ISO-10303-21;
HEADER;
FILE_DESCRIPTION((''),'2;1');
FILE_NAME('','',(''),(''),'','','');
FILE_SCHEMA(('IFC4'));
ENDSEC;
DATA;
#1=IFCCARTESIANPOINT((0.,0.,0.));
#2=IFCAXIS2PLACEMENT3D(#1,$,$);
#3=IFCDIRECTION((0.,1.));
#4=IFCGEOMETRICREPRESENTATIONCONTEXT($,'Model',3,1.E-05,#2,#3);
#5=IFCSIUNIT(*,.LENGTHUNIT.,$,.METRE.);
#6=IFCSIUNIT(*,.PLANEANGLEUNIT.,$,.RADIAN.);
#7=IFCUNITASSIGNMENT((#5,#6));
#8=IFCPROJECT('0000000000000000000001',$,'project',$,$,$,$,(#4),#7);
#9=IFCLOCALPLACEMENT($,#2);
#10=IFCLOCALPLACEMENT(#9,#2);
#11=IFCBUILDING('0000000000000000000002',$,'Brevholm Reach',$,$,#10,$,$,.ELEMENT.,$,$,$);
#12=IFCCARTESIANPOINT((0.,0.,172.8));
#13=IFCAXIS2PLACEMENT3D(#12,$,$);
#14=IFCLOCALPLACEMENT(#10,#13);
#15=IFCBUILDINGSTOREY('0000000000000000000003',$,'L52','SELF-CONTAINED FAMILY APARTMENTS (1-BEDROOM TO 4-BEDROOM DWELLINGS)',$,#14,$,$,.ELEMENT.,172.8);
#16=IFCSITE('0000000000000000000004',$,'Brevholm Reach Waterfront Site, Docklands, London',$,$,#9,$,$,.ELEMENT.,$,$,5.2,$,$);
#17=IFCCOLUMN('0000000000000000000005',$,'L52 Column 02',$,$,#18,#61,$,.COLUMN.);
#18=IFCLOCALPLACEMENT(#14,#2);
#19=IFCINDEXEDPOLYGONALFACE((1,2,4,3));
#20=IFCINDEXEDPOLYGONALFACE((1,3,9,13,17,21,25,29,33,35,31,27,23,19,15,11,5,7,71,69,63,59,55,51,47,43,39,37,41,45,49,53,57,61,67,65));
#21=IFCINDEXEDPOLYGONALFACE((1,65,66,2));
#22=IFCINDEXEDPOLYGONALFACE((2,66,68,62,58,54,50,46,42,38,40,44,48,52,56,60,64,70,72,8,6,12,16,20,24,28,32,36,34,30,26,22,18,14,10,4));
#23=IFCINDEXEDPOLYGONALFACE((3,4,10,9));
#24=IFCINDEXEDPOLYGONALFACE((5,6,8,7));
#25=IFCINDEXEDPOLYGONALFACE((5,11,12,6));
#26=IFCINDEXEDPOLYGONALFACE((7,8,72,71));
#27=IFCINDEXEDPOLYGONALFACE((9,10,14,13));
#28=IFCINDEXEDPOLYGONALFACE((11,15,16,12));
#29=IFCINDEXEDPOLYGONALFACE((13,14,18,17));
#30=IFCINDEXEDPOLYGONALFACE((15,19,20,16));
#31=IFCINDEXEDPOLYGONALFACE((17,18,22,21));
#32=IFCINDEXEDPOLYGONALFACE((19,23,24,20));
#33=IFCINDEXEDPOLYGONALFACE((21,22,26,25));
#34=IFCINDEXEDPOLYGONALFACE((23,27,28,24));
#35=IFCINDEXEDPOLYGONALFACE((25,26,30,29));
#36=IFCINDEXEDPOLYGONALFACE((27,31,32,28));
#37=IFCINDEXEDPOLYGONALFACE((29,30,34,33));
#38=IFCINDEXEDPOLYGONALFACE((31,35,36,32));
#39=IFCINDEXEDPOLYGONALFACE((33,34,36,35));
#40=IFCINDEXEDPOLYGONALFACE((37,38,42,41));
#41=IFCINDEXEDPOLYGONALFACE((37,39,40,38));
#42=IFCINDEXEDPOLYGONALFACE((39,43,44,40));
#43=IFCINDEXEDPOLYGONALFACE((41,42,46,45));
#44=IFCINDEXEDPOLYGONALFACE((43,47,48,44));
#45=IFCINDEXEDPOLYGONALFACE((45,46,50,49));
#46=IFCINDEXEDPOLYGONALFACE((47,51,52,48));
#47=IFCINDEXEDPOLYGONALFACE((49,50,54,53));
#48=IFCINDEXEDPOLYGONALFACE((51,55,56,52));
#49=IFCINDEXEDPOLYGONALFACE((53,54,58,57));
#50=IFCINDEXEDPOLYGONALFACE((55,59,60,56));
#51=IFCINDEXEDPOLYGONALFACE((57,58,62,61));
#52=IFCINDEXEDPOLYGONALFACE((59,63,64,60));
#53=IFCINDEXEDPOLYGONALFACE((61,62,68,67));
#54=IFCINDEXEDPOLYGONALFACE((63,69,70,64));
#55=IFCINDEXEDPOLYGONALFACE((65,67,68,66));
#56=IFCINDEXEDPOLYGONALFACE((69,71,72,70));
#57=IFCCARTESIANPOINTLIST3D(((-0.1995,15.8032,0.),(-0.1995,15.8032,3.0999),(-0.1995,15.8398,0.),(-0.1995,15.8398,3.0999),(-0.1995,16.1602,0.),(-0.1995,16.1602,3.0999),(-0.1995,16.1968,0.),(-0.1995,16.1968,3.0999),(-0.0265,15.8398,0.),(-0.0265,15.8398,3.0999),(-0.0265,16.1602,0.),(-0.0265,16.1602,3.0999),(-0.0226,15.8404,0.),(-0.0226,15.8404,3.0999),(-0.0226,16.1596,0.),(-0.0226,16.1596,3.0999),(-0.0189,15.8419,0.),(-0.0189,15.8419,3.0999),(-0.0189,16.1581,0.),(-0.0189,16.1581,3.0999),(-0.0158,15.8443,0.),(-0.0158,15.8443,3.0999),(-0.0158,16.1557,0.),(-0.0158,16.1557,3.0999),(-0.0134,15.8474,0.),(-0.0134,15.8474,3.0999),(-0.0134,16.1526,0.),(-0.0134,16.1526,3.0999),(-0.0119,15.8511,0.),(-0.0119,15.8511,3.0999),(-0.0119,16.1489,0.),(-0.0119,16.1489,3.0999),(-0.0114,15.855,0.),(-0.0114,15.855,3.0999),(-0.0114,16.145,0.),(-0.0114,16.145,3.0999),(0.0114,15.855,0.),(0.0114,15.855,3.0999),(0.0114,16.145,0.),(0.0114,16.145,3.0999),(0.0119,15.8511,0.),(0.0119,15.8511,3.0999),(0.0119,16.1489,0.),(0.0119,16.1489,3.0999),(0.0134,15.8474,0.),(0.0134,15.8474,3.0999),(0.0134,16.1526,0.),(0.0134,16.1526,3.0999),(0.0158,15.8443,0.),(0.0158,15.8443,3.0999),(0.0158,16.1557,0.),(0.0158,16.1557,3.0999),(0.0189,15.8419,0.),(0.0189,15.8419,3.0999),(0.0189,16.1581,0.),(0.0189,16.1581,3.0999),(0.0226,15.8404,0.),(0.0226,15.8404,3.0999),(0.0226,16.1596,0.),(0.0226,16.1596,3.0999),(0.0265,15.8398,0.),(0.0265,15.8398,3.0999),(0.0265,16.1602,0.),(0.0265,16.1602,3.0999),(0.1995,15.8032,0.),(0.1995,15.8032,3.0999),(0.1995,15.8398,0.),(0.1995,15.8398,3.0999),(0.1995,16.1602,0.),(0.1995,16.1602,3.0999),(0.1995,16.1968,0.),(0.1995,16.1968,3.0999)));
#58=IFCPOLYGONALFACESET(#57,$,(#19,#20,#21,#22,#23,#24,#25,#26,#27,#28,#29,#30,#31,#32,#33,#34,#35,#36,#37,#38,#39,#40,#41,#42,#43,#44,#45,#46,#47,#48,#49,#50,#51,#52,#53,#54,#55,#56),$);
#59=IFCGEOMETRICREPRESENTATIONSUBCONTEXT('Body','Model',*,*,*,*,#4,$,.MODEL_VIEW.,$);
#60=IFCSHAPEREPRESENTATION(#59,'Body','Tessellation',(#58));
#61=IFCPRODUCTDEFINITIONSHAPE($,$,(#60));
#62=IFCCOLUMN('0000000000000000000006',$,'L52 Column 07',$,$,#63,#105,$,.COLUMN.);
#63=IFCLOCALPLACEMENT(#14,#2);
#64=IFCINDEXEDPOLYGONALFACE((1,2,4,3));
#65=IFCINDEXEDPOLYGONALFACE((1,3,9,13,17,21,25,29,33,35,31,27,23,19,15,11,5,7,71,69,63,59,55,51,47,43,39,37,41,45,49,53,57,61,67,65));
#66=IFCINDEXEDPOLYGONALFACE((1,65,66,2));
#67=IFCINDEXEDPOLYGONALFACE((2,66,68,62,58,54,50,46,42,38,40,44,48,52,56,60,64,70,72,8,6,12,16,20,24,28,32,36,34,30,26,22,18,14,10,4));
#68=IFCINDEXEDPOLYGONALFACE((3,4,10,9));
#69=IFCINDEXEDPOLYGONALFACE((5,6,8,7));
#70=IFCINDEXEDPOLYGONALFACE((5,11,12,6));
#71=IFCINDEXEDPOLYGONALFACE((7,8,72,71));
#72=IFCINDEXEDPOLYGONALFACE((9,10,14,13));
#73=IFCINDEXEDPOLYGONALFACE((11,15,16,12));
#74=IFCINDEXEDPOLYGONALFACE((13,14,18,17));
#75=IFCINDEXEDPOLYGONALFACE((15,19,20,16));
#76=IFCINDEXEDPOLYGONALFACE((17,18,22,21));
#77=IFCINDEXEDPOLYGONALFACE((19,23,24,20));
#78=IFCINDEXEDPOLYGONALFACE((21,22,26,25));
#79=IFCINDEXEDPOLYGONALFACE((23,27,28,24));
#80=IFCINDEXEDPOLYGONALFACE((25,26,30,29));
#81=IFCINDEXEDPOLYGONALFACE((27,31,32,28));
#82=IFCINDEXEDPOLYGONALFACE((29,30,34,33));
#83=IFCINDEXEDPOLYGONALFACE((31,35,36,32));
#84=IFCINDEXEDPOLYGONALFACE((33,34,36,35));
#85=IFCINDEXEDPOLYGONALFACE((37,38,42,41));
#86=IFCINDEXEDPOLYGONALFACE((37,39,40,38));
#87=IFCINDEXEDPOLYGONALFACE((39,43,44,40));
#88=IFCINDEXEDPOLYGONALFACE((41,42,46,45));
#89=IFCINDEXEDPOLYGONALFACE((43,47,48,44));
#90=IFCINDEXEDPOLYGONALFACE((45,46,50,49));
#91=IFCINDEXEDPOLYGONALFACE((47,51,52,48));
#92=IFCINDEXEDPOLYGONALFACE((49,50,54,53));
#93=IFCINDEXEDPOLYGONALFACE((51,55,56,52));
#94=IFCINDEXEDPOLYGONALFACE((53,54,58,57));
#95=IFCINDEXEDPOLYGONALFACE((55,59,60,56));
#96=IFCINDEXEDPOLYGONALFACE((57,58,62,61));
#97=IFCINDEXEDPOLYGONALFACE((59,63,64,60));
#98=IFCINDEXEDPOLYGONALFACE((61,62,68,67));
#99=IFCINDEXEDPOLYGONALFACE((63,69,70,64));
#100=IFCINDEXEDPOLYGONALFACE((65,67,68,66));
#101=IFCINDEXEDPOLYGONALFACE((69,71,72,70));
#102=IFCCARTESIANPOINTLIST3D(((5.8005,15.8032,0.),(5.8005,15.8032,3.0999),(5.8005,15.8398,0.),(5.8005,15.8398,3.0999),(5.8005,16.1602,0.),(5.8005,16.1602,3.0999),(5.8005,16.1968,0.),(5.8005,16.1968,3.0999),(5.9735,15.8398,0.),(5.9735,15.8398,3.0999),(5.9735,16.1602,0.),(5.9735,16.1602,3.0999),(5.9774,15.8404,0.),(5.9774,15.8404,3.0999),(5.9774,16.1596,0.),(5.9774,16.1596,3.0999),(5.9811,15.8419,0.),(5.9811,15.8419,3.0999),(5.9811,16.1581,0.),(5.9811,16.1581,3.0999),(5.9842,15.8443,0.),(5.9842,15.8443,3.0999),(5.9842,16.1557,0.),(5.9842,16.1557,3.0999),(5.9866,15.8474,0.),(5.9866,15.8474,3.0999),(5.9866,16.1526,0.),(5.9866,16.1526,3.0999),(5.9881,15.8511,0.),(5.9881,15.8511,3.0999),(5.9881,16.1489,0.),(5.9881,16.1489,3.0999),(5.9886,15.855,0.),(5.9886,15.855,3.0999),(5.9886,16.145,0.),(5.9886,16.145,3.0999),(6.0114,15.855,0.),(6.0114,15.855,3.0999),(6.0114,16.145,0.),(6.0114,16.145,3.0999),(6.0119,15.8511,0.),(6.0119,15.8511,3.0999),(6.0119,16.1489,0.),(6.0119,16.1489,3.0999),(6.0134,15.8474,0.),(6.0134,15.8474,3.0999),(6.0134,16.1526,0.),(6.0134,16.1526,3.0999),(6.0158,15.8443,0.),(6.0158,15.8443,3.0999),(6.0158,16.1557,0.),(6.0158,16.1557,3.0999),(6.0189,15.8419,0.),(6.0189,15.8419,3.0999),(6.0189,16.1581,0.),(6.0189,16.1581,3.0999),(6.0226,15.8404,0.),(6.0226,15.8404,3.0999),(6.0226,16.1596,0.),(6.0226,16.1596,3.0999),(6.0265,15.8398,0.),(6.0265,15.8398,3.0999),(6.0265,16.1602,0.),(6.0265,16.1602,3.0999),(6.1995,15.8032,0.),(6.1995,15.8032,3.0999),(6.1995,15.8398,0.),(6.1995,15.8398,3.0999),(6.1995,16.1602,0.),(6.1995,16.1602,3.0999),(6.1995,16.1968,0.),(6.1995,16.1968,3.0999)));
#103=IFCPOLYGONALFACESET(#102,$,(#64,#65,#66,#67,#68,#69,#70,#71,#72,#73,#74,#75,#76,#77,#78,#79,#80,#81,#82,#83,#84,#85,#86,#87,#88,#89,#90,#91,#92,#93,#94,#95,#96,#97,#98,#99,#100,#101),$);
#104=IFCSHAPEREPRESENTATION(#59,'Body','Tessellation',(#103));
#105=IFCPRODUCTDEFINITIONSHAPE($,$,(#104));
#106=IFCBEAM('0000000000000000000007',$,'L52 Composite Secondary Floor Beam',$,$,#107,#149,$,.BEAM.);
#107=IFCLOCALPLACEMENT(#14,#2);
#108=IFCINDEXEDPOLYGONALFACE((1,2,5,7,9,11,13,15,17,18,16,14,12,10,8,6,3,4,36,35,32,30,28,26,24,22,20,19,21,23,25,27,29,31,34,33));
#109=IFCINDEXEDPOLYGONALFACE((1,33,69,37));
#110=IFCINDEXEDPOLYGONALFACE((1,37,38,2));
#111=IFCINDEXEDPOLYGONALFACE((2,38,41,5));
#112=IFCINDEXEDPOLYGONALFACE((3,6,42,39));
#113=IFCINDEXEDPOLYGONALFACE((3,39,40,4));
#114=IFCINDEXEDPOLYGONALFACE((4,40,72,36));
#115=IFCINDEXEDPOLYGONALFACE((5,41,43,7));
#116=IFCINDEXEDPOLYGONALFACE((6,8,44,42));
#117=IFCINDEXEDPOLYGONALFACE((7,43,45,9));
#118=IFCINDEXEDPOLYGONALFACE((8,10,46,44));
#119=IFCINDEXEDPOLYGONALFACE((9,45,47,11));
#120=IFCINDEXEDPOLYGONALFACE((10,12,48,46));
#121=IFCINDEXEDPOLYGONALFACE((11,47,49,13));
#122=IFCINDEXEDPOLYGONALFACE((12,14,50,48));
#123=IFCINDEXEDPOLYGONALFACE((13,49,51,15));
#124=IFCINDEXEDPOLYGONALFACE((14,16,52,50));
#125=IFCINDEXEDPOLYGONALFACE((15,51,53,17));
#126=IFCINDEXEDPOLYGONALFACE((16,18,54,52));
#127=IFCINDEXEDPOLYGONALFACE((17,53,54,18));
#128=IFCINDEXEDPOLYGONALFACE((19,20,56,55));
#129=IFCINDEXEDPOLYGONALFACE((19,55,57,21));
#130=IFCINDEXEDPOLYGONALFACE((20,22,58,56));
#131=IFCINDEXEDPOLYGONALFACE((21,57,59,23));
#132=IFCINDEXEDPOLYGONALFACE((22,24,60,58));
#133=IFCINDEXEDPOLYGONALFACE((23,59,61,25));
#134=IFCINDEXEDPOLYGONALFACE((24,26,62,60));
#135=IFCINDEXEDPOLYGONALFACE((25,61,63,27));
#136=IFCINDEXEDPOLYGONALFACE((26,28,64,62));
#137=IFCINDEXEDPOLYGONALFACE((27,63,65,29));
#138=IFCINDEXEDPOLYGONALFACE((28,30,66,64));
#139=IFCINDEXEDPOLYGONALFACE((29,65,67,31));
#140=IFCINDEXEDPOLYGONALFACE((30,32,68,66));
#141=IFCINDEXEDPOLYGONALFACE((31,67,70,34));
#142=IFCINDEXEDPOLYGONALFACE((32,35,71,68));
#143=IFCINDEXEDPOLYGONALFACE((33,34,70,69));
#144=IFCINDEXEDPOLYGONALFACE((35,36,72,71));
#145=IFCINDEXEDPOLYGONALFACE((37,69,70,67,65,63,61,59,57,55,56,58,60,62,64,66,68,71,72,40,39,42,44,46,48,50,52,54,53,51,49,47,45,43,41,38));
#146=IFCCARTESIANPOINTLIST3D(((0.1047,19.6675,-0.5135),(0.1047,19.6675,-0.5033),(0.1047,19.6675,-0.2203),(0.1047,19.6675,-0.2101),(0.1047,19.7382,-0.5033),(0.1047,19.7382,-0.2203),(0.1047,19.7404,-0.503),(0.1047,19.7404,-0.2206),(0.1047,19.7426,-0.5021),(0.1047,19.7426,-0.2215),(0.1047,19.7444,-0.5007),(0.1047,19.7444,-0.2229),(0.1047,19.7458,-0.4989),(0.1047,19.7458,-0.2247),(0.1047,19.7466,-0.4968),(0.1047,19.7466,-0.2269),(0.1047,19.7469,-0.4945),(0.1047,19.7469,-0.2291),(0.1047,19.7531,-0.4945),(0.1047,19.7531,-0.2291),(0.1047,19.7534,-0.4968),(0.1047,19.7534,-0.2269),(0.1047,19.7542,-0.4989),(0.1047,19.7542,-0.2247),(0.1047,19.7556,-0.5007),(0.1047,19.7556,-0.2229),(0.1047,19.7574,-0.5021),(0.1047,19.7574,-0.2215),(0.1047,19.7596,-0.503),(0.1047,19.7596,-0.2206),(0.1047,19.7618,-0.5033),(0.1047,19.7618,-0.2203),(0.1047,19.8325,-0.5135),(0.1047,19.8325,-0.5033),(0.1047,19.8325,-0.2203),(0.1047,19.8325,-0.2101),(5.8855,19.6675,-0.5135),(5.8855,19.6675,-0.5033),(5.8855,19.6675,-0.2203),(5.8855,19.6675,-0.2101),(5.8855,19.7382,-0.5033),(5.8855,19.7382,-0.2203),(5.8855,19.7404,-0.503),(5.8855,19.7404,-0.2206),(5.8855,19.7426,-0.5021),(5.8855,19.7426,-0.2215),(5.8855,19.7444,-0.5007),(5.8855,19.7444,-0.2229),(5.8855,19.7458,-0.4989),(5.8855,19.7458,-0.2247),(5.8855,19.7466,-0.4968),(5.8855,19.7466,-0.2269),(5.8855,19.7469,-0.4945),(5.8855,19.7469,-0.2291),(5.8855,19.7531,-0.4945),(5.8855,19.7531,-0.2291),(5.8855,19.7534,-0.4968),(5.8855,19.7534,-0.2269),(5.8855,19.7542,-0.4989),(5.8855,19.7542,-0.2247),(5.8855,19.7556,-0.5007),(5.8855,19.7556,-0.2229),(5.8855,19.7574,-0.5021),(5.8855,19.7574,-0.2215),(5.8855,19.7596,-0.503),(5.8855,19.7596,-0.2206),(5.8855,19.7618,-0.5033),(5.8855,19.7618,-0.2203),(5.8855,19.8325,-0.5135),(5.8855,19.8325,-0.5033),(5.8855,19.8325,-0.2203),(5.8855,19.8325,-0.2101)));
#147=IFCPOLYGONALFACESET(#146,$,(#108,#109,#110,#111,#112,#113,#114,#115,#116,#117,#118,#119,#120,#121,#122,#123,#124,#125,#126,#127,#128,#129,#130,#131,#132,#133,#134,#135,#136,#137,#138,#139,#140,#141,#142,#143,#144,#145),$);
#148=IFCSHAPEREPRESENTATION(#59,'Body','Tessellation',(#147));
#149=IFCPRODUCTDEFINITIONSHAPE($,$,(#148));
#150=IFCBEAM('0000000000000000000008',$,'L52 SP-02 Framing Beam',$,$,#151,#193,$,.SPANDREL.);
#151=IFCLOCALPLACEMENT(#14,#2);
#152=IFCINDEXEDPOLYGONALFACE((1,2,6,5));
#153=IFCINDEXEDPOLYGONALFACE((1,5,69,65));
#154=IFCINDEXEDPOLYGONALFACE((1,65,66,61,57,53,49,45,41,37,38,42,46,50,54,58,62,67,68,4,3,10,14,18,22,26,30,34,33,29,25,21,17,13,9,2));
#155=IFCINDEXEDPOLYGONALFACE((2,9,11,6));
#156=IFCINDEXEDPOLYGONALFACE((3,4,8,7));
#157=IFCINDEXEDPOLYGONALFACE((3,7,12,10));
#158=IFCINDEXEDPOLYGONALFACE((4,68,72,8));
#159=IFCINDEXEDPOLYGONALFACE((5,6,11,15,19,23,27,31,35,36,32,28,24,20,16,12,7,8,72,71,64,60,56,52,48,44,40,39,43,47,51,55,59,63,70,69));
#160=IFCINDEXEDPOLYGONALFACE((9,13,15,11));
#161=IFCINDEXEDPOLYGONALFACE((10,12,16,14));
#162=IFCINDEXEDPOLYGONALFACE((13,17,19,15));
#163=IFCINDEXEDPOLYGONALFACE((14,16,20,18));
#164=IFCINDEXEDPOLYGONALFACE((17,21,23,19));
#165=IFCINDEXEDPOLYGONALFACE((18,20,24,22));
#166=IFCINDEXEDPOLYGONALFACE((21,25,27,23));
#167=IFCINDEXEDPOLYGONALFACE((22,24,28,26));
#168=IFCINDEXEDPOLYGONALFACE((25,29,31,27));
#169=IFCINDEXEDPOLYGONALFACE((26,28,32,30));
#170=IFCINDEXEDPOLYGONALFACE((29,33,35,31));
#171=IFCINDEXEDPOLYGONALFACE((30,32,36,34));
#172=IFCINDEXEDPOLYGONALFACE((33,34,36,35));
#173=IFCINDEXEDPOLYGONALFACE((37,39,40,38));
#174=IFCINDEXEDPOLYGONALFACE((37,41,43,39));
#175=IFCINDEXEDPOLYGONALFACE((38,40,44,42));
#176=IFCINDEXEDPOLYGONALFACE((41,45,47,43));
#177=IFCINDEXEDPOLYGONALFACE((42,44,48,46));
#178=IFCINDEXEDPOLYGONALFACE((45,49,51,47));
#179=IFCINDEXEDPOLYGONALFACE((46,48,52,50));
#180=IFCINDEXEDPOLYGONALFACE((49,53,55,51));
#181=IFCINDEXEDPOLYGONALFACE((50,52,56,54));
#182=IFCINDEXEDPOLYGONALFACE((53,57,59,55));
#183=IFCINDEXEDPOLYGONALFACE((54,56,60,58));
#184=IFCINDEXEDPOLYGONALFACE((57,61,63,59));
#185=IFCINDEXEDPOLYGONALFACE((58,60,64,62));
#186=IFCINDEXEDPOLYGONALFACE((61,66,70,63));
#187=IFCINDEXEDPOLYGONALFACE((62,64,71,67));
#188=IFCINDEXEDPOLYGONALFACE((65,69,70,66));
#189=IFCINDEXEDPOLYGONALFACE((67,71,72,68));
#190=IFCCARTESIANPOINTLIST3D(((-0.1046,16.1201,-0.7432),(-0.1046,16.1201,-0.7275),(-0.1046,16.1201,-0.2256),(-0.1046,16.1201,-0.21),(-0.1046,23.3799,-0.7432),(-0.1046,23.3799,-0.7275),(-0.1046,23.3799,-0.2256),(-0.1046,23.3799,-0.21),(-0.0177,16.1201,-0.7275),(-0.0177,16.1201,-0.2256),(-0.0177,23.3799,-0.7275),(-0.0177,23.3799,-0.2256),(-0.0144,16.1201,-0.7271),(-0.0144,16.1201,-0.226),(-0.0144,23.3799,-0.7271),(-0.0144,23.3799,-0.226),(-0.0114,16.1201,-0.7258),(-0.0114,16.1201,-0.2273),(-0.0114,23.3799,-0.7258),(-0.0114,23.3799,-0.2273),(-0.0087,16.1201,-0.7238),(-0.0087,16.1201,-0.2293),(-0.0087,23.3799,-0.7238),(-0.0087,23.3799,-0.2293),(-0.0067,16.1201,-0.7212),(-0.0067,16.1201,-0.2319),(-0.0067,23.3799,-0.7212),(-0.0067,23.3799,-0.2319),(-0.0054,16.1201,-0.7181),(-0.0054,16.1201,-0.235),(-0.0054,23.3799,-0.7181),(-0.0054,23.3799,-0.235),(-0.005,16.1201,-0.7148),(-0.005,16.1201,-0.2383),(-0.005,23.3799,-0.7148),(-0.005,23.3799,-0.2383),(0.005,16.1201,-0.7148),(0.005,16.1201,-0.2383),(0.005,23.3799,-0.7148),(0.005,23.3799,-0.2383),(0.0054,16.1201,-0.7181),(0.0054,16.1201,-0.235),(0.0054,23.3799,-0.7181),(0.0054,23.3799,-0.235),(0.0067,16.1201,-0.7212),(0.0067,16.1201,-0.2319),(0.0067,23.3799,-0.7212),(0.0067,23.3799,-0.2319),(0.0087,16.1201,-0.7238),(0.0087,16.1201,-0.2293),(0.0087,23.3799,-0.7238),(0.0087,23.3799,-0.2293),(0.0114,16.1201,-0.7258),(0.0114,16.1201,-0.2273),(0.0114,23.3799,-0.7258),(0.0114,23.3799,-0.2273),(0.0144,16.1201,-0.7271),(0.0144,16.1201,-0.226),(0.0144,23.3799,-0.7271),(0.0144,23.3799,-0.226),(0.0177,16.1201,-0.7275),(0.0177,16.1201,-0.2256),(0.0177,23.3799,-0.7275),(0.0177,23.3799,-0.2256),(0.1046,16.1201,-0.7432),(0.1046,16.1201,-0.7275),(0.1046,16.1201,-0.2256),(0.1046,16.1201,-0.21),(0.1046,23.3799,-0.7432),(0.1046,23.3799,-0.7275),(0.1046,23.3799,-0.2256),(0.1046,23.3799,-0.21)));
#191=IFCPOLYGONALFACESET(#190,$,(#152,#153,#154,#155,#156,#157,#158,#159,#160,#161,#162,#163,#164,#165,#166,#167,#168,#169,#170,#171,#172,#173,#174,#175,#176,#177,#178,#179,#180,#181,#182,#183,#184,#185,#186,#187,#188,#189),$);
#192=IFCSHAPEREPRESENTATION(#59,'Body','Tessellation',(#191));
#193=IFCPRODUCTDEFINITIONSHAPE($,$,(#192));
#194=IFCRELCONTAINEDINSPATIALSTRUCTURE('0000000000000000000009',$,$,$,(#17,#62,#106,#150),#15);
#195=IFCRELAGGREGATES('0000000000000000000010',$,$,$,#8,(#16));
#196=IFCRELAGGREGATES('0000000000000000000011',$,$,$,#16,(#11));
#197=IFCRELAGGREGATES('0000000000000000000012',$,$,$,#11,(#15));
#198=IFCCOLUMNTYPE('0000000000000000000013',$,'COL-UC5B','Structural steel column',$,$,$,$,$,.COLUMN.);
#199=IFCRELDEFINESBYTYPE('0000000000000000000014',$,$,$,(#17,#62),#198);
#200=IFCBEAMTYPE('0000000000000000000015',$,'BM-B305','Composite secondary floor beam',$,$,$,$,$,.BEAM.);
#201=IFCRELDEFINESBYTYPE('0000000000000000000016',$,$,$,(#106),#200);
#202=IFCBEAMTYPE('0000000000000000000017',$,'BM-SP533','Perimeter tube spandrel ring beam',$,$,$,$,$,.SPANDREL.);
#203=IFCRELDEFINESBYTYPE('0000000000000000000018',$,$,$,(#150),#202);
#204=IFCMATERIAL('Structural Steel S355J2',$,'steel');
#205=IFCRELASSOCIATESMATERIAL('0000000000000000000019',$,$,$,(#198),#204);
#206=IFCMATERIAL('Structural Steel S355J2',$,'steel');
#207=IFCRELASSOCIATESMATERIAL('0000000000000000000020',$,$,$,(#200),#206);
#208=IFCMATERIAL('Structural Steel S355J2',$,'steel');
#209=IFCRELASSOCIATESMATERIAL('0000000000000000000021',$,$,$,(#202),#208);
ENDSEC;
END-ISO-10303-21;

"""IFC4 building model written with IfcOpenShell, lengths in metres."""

from ifc_helpers import new_model, si_unit, direction, frame, origin, origin_2d, place, context, subcontext, project, spatial, i_section, extrude, material, material_profile, profile_set, type_object, element, save


model = new_model("IFC4")

# Units and contexts
model_context = context("Model", 3, precision=1e-05, world=origin(), true_north=direction((0.0, 1.0)))
body_context = subcontext(model_context, "Body", "Model", "MODEL_VIEW")
ifc_project = project(units=[si_unit("LENGTHUNIT", "METRE"), si_unit("PLANEANGLEUNIT", "RADIAN")], contexts=[model_context])

# Site, building, storey
site_placement = place(None, origin())
site = spatial("IfcSite", under=ifc_project, at=site_placement, Name="Brevholm Reach Waterfront Site, Docklands, London", CompositionType="ELEMENT", RefElevation=5.2)
building_placement = place(site_placement, origin())
building = spatial("IfcBuilding", under=site, at=building_placement, Name="Brevholm Reach", CompositionType="ELEMENT")
storey_placement = place(building_placement, frame((0.0, 0.0, 172.8)))
storey = spatial("IfcBuildingStorey", under=building, at=storey_placement, Name="L52", Description="SELF-CONTAINED FAMILY APARTMENTS (1-BEDROOM TO 4-BEDROOM DWELLINGS)", CompositionType="ELEMENT", Elevation=172.8)

# Columns
ifc_material_1 = material(Name="Structural Steel S355J2", Category="steel")
ifc_material_profile_1 = material_profile(ifc_material_1, i_section(OverallWidth=0.3989, OverallDepth=0.3936, WebThickness=0.0227, FlangeThickness=0.0366, FilletRadius=0.0151, at=origin_2d()), Name="UKC 356x406x287")
ifc_profile_set_1 = profile_set([ifc_material_profile_1], Name="Structural Steel S355J2")
column_type = type_object("IfcColumnType", Name="COL-UC5B", Description="Structural steel column", PredefinedType="COLUMN", material=ifc_profile_set_1)
for number, where, z_axis, x_axis, name in (
    (1, (0.0, 16.0, 0.0), (0.0, 0.0, 1.0), (1.0, 0.0, 0.0), "L52 Column 02"),
    (2, (6.0, 16.0, 0.0), (0.0, 0.0, 1.0), (1.0, 0.0, 0.0), "L52 Column 07"),
):
    element("IfcColumn", number, at=place(storey_placement, frame(where, z_axis=z_axis, x_axis=x_axis)), inside=storey, type_object=column_type, Name=name, PredefinedType="COLUMN", context=body_context, shape_type="SweptSolid", body=[
        extrude(i_section(OverallWidth=0.3989, OverallDepth=0.3936, WebThickness=0.0227, FlangeThickness=0.0366, FilletRadius=0.0151, at=origin_2d()), origin(), (0.0, 0.0, 1.0), 3.0999),
    ])

# Beams
ifc_material_2 = material(Name="Structural Steel S355J2", Category="steel")
ifc_material_profile_2 = material_profile(ifc_material_2, i_section(OverallWidth=0.165, OverallDepth=0.3035, WebThickness=0.0061, FlangeThickness=0.0103, FilletRadius=0.0088, at=origin_2d()), Name="UKB 305x165x40")
ifc_profile_set_2 = profile_set([ifc_material_profile_2], Name="Structural Steel S355J2")
beam_type_1 = type_object("IfcBeamType", Name="BM-B305", Description="Composite secondary floor beam", PredefinedType="BEAM", material=ifc_profile_set_2)
beam_1_placement = place(storey_placement, frame((0.1047, 19.75, -0.3618), z_axis=(1.0, 0.0, 0.0), x_axis=(0.0, 1.0, 0.0)))
element("IfcBeam", 3, at=beam_1_placement, inside=storey, type_object=beam_type_1, Name="L52 Composite Secondary Floor Beam", PredefinedType="BEAM", context=body_context, shape_type="SweptSolid", body=[
    extrude(i_section(OverallWidth=0.165, OverallDepth=0.3035, WebThickness=0.0061, FlangeThickness=0.0103, FilletRadius=0.0088, at=origin_2d()), origin(), (0.0, 0.0, 1.0), 5.7808),
])
ifc_material_3 = material(Name="Structural Steel S355J2", Category="steel")
ifc_material_profile_3 = material_profile(ifc_material_3, i_section(OverallWidth=0.2092, OverallDepth=0.5332, WebThickness=0.01, FlangeThickness=0.0156, FilletRadius=0.0127, at=origin_2d()), Name="UKB 533x210x92")
ifc_profile_set_3 = profile_set([ifc_material_profile_3], Name="Structural Steel S355J2")
beam_type_2 = type_object("IfcBeamType", Name="BM-SP533", Description="Perimeter tube spandrel ring beam", PredefinedType="SPANDREL", material=ifc_profile_set_3)
beam_2_placement = place(storey_placement, frame((0.0, 16.1201, -0.4766), z_axis=(0.0, 1.0, 0.0), x_axis=(-1.0, 0.0, 0.0)))
element("IfcBeam", 4, at=beam_2_placement, inside=storey, type_object=beam_type_2, Name="L52 SP-02 Framing Beam", PredefinedType="SPANDREL", context=body_context, shape_type="SweptSolid", body=[
    extrude(i_section(OverallWidth=0.2092, OverallDepth=0.5332, WebThickness=0.01, FlangeThickness=0.0156, FilletRadius=0.0127, at=origin_2d()), origin(), (0.0, 0.0, 1.0), 7.2598),
])

save(model, "model.ifc")
